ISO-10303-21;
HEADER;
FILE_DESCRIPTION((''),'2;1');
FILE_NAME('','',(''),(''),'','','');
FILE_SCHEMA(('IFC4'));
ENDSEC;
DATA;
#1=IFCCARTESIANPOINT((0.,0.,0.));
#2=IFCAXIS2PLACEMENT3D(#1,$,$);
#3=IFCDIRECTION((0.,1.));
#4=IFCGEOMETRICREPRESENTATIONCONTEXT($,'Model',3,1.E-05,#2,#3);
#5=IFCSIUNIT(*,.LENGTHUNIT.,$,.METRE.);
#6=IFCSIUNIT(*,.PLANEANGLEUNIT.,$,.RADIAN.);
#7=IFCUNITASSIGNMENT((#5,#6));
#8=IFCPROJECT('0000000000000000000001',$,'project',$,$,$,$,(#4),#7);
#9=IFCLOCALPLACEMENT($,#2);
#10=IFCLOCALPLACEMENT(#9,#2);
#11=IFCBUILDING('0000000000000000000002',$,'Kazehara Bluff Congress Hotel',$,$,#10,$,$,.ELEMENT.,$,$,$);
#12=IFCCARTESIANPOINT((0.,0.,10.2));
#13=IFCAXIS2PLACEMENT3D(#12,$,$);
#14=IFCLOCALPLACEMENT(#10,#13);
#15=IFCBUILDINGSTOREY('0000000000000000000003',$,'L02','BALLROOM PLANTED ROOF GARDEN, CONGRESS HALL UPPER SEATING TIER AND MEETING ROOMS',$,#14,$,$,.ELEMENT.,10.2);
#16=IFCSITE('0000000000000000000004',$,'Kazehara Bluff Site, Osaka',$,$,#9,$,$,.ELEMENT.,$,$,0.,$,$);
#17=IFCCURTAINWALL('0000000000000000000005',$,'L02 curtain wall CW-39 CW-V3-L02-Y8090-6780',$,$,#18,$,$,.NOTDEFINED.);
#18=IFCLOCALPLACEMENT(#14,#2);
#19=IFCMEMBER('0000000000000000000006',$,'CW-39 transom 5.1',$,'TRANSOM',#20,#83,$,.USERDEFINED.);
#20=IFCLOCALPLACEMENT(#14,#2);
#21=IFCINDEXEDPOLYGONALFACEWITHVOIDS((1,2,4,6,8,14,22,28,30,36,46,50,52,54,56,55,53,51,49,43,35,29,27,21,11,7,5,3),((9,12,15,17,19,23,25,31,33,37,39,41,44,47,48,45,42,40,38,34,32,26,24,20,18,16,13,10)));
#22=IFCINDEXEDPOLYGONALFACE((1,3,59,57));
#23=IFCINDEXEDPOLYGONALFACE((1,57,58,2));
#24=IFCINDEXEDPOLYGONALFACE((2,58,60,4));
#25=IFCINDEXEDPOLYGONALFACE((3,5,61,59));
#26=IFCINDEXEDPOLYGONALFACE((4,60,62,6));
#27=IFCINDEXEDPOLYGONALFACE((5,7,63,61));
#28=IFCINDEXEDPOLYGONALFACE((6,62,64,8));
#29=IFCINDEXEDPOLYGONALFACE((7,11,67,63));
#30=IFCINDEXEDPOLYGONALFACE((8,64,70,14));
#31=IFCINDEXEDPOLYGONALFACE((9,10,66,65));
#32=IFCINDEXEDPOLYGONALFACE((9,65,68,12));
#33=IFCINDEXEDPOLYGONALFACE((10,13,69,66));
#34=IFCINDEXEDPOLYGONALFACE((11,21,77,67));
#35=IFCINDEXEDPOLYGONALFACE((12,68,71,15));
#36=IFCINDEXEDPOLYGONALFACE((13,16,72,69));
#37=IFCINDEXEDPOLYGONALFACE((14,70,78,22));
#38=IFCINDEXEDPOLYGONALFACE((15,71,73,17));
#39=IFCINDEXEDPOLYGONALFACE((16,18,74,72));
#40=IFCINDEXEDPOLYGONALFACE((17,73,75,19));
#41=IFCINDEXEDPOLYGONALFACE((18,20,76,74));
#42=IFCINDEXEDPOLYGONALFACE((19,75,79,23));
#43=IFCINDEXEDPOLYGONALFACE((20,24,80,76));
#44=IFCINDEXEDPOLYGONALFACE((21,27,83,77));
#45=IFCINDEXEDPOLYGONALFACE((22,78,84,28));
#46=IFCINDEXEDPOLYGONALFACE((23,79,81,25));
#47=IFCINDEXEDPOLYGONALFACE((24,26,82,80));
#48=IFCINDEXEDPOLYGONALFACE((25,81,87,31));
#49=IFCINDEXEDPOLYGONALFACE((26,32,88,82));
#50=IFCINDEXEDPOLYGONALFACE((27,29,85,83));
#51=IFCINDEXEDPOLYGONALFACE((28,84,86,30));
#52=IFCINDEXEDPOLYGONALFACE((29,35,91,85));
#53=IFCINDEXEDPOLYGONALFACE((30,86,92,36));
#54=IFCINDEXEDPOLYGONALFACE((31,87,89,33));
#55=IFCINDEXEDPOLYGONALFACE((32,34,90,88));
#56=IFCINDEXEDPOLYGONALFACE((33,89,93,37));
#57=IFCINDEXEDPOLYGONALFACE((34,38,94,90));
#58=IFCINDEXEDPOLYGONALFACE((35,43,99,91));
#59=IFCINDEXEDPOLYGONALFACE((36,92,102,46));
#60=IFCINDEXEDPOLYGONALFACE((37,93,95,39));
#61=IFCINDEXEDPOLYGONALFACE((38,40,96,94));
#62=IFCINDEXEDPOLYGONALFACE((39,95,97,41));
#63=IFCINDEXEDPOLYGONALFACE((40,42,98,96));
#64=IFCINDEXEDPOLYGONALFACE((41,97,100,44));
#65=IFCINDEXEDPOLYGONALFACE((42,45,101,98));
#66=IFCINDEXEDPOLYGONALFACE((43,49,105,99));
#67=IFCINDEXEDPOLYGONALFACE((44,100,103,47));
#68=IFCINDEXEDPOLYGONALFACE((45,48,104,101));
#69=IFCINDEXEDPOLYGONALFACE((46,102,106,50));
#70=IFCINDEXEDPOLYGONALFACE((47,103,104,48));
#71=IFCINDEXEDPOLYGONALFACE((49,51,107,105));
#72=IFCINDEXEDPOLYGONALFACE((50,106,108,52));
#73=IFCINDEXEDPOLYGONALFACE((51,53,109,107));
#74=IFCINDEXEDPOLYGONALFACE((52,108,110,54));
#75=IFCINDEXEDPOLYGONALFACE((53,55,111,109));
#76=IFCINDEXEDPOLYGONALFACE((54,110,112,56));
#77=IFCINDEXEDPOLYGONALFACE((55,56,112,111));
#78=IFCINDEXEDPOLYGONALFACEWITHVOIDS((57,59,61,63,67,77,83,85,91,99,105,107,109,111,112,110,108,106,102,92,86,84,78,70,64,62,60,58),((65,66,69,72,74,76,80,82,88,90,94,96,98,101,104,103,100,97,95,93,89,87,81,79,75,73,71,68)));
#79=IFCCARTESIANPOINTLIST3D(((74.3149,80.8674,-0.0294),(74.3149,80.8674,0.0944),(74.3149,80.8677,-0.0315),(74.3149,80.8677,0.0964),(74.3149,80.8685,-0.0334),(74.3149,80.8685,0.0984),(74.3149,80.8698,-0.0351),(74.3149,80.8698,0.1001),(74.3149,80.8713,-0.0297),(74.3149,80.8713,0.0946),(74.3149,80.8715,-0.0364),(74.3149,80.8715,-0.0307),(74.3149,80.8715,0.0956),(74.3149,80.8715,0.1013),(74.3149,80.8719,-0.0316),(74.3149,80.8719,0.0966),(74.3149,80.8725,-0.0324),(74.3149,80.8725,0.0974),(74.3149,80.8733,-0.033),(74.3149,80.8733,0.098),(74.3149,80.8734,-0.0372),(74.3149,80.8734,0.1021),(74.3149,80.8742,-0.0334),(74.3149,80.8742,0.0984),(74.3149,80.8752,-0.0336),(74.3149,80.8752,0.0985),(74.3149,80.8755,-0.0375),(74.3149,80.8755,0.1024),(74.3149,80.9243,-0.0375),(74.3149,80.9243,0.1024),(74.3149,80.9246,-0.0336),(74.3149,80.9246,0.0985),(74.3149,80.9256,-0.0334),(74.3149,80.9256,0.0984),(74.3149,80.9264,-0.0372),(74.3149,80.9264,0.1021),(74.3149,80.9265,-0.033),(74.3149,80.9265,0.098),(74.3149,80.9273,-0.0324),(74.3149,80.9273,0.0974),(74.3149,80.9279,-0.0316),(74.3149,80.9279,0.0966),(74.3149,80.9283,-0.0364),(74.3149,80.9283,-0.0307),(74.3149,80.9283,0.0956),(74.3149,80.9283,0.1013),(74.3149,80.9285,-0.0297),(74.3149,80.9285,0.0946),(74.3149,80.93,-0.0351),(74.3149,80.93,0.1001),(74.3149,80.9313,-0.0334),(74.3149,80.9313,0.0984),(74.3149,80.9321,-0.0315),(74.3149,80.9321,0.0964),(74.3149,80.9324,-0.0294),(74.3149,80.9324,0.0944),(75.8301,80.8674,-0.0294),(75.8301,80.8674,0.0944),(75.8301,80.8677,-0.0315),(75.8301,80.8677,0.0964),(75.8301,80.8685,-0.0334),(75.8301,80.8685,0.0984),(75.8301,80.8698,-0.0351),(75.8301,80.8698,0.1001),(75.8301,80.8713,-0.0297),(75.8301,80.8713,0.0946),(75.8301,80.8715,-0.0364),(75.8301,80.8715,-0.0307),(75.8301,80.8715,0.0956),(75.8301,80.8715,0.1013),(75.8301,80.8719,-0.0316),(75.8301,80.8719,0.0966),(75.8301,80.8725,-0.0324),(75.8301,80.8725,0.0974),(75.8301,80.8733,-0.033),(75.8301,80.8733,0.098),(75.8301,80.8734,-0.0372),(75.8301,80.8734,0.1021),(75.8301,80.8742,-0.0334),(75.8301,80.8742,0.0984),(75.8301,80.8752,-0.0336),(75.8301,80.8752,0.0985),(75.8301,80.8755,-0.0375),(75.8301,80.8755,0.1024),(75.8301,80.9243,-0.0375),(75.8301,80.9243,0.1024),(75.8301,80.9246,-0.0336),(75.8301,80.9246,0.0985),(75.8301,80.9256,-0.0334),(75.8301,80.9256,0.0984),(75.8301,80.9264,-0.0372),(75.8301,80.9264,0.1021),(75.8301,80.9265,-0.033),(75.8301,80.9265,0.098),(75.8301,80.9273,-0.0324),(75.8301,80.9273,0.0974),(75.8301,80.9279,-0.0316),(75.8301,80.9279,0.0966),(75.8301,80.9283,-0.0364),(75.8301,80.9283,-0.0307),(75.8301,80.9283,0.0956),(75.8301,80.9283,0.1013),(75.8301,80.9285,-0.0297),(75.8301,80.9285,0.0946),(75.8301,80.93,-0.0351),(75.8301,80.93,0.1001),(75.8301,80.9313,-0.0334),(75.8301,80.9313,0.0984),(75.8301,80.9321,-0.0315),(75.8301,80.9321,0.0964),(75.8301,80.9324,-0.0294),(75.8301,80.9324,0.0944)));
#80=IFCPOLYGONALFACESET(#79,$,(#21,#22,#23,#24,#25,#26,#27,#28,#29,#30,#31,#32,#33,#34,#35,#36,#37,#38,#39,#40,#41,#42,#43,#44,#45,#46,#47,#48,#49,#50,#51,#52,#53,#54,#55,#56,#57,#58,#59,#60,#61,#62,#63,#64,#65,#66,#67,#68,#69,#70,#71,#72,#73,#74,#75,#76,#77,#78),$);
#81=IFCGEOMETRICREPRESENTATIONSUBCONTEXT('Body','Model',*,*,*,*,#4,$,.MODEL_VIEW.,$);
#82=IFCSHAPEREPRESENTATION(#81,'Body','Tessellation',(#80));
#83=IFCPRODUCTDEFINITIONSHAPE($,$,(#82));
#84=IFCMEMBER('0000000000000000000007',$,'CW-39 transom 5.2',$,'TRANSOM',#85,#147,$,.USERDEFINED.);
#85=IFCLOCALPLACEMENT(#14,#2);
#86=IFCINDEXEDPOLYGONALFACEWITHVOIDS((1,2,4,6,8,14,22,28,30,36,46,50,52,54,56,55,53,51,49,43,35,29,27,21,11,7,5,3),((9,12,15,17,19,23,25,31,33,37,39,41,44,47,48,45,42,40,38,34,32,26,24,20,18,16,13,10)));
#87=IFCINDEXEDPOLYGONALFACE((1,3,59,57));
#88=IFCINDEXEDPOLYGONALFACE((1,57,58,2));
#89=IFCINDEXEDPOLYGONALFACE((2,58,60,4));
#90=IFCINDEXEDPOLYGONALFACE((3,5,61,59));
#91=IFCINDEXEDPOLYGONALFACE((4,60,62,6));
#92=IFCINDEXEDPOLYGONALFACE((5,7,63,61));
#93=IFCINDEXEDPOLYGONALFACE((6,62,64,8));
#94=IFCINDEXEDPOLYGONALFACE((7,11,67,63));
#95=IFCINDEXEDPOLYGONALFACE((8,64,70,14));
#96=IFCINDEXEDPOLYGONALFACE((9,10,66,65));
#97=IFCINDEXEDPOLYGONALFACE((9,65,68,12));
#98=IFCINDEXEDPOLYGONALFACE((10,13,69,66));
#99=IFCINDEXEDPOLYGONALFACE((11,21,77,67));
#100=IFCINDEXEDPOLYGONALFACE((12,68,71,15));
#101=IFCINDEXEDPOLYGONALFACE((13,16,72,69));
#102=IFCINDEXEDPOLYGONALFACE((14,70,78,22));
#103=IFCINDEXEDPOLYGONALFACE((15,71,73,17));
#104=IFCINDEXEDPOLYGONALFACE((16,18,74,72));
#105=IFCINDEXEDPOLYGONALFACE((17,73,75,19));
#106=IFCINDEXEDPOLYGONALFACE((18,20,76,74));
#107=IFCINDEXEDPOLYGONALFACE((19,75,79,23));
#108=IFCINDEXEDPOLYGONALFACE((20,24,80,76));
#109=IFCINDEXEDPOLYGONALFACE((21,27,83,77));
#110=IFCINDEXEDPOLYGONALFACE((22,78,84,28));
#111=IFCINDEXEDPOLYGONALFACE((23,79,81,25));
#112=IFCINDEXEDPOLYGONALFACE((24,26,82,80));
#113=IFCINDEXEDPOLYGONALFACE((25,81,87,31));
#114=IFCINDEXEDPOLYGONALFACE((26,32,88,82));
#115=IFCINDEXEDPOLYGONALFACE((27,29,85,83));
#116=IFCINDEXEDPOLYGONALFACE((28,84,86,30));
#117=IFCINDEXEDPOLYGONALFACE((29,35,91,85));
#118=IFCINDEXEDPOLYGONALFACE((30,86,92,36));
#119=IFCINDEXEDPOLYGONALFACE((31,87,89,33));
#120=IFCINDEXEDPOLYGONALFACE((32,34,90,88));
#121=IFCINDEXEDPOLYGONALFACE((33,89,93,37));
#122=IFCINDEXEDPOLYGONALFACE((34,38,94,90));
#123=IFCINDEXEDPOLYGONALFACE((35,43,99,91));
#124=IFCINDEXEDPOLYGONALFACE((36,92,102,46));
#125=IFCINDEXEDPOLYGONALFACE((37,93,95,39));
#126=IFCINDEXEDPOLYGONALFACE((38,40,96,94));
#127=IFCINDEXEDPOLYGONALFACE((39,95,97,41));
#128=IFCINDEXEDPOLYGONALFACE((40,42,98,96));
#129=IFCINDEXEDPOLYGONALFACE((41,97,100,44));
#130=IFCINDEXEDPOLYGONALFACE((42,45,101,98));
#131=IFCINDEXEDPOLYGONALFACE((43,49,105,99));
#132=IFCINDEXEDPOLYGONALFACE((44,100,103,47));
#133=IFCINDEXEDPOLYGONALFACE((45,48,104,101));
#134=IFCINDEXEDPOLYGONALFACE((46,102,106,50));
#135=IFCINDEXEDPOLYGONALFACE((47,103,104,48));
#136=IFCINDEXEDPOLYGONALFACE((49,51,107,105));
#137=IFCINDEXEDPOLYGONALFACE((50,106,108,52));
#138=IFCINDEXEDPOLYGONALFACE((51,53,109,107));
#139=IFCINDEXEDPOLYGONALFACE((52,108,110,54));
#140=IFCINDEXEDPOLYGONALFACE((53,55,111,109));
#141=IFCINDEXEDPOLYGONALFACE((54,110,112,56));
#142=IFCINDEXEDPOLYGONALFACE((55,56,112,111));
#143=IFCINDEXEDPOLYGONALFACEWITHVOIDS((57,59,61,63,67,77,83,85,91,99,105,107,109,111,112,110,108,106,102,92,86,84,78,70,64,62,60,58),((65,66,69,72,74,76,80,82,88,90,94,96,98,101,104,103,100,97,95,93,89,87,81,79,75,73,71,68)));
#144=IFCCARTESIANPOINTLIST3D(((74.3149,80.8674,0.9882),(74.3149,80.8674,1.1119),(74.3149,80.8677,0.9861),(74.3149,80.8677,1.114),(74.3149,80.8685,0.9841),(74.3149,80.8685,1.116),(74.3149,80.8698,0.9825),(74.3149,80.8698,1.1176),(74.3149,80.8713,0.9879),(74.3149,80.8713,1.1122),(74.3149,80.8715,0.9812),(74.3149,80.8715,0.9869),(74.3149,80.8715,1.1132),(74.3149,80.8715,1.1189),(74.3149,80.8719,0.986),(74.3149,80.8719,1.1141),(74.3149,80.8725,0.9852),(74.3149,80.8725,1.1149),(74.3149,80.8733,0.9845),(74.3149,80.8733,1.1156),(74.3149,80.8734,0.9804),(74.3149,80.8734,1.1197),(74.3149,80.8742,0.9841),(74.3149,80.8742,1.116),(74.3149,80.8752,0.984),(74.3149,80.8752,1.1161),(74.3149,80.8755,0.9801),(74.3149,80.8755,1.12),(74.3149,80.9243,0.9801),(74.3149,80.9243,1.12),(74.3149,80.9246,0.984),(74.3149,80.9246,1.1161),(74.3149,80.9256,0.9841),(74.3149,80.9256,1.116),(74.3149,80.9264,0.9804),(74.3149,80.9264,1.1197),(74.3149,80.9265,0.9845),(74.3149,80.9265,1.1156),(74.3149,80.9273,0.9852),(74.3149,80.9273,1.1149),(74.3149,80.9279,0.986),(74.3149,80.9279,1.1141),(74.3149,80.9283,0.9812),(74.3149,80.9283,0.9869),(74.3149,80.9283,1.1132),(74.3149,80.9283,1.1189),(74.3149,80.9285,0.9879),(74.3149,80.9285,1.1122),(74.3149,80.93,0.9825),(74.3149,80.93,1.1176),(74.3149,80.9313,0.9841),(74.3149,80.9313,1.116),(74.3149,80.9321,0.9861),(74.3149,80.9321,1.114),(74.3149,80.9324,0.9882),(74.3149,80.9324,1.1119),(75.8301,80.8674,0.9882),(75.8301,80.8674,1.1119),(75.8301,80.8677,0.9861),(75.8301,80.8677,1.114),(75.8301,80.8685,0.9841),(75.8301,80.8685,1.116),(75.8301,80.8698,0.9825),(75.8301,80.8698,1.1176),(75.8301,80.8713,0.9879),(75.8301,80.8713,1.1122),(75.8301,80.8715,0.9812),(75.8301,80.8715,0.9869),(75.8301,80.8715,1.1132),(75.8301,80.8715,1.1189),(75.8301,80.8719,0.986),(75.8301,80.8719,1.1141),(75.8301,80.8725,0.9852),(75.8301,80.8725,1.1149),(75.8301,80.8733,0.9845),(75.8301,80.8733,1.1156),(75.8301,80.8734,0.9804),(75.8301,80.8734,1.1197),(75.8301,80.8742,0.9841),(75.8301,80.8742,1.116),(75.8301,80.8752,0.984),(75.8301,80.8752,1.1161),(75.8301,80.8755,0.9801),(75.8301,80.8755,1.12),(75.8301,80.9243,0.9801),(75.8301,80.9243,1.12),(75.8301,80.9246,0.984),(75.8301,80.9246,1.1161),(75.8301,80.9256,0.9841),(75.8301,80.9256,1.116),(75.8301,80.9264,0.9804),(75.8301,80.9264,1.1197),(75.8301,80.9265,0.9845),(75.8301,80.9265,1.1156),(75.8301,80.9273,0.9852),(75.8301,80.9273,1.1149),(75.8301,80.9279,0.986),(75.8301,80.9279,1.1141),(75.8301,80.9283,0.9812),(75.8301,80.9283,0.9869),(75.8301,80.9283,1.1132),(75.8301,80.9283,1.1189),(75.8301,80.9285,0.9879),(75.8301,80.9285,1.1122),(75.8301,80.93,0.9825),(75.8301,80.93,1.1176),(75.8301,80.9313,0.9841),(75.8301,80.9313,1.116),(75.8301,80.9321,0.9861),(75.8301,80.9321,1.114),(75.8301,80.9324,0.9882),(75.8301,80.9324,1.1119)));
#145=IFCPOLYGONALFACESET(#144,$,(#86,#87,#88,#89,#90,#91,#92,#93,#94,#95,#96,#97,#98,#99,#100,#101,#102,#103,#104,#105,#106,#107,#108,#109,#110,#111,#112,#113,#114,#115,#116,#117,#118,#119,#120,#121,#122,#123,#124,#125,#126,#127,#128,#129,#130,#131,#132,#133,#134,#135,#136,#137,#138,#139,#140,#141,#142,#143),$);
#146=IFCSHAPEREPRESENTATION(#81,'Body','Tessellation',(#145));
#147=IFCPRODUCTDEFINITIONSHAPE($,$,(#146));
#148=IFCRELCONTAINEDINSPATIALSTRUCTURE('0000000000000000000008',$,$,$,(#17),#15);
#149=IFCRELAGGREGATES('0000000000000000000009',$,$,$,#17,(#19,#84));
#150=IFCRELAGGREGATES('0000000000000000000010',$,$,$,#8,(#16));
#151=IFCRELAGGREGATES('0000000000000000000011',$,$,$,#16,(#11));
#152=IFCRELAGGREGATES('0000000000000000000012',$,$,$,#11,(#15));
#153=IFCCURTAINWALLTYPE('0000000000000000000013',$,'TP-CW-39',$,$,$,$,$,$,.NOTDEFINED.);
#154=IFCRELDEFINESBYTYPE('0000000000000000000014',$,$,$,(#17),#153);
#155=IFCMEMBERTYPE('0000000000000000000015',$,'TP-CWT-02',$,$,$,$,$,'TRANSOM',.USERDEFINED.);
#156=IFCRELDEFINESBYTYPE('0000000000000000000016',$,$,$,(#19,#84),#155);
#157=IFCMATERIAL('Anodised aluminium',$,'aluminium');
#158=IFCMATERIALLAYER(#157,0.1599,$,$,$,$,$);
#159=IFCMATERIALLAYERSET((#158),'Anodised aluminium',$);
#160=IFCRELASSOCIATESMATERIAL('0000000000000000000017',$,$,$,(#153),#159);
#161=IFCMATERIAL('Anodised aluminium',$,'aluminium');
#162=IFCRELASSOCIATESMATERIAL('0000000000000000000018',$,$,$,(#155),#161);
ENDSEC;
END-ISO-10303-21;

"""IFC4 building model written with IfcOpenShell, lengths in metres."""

from ifc_helpers import new_model, si_unit, direction, frame, origin, origin_2d, place, context, subcontext, project, spatial, hollow_rectangle, extrude, material, layer, layer_set, material_profile, profile_set, type_object, element, aggregate, save


model = new_model("IFC4")

# Units and contexts
model_context = context("Model", 3, precision=1e-05, world=origin(), true_north=direction((0.0, 1.0)))
body_context = subcontext(model_context, "Body", "Model", "MODEL_VIEW")
ifc_project = project(units=[si_unit("LENGTHUNIT", "METRE"), si_unit("PLANEANGLEUNIT", "RADIAN")], contexts=[model_context])

# Site, building, storey
site_placement = place(None, origin())
site = spatial("IfcSite", under=ifc_project, at=site_placement, Name="Kazehara Bluff Site, Osaka", CompositionType="ELEMENT", RefElevation=0.0)
building_placement = place(site_placement, origin())
building = spatial("IfcBuilding", under=site, at=building_placement, Name="Kazehara Bluff Congress Hotel", CompositionType="ELEMENT")
storey_placement = place(building_placement, frame((0.0, 0.0, 10.2)))
storey = spatial("IfcBuildingStorey", under=building, at=storey_placement, Name="L02", Description="BALLROOM PLANTED ROOF GARDEN, CONGRESS HALL UPPER SEATING TIER AND MEETING ROOMS", CompositionType="ELEMENT", Elevation=10.2)

# Curtain wall, members
ifc_material_1 = material(Name="Anodised aluminium", Category="aluminium")
ifc_layer_1 = layer(ifc_material_1, 0.1599)
ifc_layer_set_1 = layer_set([ifc_layer_1], Name="Anodised aluminium")
curtain_wall_type = type_object("IfcCurtainWallType", Name="TP-CW-39", PredefinedType="NOTDEFINED", material=ifc_layer_set_1)
curtain_wall_placement = place(storey_placement, origin())
curtain_wall = element("IfcCurtainWall", 1, at=curtain_wall_placement, inside=storey, type_object=curtain_wall_type, Name="L02 curtain wall CW-39 CW-V3-L02-Y8090-6780", PredefinedType="NOTDEFINED")
ifc_material_2 = material(Name="Anodised aluminium", Category="aluminium")
ifc_material_profile_1 = material_profile(ifc_material_2, hollow_rectangle(XDim=0.0649, YDim=0.1399, WallThickness=0.0039, InnerFilletRadius=0.0039, OuterFilletRadius=0.0081, at=origin_2d()))
ifc_profile_set_1 = profile_set([ifc_material_profile_1], Name="Anodised aluminium")
member_type_1 = type_object("IfcMemberType", Name="TP-CWT-02", ElementType="TRANSOM", PredefinedType="USERDEFINED", material=ifc_profile_set_1)
member_1_placement = place(storey_placement, frame((74.3149, 80.8999, 0.0325), z_axis=(1.0, 0.0, 0.0), x_axis=(0.0, 1.0, 0.0)))
member_1 = element("IfcMember", 2, at=member_1_placement, type_object=member_type_1, Name="CW-39 transom 5.1", ObjectType="TRANSOM", PredefinedType="USERDEFINED", context=body_context, shape_type="SweptSolid", body=[
    extrude(hollow_rectangle(XDim=0.0649, YDim=0.1399, WallThickness=0.0039, InnerFilletRadius=0.0039, OuterFilletRadius=0.0081, at=origin_2d()), origin(), (0.0, 0.0, 1.0), 1.5151),
])
member_2_placement = place(storey_placement, frame((74.3149, 80.8999, 1.05), z_axis=(1.0, 0.0, 0.0), x_axis=(0.0, 1.0, 0.0)))
member_2 = element("IfcMember", 3, at=member_2_placement, type_object=member_type_1, Name="CW-39 transom 5.2", ObjectType="TRANSOM", PredefinedType="USERDEFINED", context=body_context, shape_type="SweptSolid", body=[
    extrude(hollow_rectangle(XDim=0.0649, YDim=0.1399, WallThickness=0.0039, InnerFilletRadius=0.0039, OuterFilletRadius=0.0081, at=origin_2d()), origin(), (0.0, 0.0, 1.0), 1.5151),
])
aggregate(curtain_wall, [member_1, member_2])

save(model, "model.ifc")
